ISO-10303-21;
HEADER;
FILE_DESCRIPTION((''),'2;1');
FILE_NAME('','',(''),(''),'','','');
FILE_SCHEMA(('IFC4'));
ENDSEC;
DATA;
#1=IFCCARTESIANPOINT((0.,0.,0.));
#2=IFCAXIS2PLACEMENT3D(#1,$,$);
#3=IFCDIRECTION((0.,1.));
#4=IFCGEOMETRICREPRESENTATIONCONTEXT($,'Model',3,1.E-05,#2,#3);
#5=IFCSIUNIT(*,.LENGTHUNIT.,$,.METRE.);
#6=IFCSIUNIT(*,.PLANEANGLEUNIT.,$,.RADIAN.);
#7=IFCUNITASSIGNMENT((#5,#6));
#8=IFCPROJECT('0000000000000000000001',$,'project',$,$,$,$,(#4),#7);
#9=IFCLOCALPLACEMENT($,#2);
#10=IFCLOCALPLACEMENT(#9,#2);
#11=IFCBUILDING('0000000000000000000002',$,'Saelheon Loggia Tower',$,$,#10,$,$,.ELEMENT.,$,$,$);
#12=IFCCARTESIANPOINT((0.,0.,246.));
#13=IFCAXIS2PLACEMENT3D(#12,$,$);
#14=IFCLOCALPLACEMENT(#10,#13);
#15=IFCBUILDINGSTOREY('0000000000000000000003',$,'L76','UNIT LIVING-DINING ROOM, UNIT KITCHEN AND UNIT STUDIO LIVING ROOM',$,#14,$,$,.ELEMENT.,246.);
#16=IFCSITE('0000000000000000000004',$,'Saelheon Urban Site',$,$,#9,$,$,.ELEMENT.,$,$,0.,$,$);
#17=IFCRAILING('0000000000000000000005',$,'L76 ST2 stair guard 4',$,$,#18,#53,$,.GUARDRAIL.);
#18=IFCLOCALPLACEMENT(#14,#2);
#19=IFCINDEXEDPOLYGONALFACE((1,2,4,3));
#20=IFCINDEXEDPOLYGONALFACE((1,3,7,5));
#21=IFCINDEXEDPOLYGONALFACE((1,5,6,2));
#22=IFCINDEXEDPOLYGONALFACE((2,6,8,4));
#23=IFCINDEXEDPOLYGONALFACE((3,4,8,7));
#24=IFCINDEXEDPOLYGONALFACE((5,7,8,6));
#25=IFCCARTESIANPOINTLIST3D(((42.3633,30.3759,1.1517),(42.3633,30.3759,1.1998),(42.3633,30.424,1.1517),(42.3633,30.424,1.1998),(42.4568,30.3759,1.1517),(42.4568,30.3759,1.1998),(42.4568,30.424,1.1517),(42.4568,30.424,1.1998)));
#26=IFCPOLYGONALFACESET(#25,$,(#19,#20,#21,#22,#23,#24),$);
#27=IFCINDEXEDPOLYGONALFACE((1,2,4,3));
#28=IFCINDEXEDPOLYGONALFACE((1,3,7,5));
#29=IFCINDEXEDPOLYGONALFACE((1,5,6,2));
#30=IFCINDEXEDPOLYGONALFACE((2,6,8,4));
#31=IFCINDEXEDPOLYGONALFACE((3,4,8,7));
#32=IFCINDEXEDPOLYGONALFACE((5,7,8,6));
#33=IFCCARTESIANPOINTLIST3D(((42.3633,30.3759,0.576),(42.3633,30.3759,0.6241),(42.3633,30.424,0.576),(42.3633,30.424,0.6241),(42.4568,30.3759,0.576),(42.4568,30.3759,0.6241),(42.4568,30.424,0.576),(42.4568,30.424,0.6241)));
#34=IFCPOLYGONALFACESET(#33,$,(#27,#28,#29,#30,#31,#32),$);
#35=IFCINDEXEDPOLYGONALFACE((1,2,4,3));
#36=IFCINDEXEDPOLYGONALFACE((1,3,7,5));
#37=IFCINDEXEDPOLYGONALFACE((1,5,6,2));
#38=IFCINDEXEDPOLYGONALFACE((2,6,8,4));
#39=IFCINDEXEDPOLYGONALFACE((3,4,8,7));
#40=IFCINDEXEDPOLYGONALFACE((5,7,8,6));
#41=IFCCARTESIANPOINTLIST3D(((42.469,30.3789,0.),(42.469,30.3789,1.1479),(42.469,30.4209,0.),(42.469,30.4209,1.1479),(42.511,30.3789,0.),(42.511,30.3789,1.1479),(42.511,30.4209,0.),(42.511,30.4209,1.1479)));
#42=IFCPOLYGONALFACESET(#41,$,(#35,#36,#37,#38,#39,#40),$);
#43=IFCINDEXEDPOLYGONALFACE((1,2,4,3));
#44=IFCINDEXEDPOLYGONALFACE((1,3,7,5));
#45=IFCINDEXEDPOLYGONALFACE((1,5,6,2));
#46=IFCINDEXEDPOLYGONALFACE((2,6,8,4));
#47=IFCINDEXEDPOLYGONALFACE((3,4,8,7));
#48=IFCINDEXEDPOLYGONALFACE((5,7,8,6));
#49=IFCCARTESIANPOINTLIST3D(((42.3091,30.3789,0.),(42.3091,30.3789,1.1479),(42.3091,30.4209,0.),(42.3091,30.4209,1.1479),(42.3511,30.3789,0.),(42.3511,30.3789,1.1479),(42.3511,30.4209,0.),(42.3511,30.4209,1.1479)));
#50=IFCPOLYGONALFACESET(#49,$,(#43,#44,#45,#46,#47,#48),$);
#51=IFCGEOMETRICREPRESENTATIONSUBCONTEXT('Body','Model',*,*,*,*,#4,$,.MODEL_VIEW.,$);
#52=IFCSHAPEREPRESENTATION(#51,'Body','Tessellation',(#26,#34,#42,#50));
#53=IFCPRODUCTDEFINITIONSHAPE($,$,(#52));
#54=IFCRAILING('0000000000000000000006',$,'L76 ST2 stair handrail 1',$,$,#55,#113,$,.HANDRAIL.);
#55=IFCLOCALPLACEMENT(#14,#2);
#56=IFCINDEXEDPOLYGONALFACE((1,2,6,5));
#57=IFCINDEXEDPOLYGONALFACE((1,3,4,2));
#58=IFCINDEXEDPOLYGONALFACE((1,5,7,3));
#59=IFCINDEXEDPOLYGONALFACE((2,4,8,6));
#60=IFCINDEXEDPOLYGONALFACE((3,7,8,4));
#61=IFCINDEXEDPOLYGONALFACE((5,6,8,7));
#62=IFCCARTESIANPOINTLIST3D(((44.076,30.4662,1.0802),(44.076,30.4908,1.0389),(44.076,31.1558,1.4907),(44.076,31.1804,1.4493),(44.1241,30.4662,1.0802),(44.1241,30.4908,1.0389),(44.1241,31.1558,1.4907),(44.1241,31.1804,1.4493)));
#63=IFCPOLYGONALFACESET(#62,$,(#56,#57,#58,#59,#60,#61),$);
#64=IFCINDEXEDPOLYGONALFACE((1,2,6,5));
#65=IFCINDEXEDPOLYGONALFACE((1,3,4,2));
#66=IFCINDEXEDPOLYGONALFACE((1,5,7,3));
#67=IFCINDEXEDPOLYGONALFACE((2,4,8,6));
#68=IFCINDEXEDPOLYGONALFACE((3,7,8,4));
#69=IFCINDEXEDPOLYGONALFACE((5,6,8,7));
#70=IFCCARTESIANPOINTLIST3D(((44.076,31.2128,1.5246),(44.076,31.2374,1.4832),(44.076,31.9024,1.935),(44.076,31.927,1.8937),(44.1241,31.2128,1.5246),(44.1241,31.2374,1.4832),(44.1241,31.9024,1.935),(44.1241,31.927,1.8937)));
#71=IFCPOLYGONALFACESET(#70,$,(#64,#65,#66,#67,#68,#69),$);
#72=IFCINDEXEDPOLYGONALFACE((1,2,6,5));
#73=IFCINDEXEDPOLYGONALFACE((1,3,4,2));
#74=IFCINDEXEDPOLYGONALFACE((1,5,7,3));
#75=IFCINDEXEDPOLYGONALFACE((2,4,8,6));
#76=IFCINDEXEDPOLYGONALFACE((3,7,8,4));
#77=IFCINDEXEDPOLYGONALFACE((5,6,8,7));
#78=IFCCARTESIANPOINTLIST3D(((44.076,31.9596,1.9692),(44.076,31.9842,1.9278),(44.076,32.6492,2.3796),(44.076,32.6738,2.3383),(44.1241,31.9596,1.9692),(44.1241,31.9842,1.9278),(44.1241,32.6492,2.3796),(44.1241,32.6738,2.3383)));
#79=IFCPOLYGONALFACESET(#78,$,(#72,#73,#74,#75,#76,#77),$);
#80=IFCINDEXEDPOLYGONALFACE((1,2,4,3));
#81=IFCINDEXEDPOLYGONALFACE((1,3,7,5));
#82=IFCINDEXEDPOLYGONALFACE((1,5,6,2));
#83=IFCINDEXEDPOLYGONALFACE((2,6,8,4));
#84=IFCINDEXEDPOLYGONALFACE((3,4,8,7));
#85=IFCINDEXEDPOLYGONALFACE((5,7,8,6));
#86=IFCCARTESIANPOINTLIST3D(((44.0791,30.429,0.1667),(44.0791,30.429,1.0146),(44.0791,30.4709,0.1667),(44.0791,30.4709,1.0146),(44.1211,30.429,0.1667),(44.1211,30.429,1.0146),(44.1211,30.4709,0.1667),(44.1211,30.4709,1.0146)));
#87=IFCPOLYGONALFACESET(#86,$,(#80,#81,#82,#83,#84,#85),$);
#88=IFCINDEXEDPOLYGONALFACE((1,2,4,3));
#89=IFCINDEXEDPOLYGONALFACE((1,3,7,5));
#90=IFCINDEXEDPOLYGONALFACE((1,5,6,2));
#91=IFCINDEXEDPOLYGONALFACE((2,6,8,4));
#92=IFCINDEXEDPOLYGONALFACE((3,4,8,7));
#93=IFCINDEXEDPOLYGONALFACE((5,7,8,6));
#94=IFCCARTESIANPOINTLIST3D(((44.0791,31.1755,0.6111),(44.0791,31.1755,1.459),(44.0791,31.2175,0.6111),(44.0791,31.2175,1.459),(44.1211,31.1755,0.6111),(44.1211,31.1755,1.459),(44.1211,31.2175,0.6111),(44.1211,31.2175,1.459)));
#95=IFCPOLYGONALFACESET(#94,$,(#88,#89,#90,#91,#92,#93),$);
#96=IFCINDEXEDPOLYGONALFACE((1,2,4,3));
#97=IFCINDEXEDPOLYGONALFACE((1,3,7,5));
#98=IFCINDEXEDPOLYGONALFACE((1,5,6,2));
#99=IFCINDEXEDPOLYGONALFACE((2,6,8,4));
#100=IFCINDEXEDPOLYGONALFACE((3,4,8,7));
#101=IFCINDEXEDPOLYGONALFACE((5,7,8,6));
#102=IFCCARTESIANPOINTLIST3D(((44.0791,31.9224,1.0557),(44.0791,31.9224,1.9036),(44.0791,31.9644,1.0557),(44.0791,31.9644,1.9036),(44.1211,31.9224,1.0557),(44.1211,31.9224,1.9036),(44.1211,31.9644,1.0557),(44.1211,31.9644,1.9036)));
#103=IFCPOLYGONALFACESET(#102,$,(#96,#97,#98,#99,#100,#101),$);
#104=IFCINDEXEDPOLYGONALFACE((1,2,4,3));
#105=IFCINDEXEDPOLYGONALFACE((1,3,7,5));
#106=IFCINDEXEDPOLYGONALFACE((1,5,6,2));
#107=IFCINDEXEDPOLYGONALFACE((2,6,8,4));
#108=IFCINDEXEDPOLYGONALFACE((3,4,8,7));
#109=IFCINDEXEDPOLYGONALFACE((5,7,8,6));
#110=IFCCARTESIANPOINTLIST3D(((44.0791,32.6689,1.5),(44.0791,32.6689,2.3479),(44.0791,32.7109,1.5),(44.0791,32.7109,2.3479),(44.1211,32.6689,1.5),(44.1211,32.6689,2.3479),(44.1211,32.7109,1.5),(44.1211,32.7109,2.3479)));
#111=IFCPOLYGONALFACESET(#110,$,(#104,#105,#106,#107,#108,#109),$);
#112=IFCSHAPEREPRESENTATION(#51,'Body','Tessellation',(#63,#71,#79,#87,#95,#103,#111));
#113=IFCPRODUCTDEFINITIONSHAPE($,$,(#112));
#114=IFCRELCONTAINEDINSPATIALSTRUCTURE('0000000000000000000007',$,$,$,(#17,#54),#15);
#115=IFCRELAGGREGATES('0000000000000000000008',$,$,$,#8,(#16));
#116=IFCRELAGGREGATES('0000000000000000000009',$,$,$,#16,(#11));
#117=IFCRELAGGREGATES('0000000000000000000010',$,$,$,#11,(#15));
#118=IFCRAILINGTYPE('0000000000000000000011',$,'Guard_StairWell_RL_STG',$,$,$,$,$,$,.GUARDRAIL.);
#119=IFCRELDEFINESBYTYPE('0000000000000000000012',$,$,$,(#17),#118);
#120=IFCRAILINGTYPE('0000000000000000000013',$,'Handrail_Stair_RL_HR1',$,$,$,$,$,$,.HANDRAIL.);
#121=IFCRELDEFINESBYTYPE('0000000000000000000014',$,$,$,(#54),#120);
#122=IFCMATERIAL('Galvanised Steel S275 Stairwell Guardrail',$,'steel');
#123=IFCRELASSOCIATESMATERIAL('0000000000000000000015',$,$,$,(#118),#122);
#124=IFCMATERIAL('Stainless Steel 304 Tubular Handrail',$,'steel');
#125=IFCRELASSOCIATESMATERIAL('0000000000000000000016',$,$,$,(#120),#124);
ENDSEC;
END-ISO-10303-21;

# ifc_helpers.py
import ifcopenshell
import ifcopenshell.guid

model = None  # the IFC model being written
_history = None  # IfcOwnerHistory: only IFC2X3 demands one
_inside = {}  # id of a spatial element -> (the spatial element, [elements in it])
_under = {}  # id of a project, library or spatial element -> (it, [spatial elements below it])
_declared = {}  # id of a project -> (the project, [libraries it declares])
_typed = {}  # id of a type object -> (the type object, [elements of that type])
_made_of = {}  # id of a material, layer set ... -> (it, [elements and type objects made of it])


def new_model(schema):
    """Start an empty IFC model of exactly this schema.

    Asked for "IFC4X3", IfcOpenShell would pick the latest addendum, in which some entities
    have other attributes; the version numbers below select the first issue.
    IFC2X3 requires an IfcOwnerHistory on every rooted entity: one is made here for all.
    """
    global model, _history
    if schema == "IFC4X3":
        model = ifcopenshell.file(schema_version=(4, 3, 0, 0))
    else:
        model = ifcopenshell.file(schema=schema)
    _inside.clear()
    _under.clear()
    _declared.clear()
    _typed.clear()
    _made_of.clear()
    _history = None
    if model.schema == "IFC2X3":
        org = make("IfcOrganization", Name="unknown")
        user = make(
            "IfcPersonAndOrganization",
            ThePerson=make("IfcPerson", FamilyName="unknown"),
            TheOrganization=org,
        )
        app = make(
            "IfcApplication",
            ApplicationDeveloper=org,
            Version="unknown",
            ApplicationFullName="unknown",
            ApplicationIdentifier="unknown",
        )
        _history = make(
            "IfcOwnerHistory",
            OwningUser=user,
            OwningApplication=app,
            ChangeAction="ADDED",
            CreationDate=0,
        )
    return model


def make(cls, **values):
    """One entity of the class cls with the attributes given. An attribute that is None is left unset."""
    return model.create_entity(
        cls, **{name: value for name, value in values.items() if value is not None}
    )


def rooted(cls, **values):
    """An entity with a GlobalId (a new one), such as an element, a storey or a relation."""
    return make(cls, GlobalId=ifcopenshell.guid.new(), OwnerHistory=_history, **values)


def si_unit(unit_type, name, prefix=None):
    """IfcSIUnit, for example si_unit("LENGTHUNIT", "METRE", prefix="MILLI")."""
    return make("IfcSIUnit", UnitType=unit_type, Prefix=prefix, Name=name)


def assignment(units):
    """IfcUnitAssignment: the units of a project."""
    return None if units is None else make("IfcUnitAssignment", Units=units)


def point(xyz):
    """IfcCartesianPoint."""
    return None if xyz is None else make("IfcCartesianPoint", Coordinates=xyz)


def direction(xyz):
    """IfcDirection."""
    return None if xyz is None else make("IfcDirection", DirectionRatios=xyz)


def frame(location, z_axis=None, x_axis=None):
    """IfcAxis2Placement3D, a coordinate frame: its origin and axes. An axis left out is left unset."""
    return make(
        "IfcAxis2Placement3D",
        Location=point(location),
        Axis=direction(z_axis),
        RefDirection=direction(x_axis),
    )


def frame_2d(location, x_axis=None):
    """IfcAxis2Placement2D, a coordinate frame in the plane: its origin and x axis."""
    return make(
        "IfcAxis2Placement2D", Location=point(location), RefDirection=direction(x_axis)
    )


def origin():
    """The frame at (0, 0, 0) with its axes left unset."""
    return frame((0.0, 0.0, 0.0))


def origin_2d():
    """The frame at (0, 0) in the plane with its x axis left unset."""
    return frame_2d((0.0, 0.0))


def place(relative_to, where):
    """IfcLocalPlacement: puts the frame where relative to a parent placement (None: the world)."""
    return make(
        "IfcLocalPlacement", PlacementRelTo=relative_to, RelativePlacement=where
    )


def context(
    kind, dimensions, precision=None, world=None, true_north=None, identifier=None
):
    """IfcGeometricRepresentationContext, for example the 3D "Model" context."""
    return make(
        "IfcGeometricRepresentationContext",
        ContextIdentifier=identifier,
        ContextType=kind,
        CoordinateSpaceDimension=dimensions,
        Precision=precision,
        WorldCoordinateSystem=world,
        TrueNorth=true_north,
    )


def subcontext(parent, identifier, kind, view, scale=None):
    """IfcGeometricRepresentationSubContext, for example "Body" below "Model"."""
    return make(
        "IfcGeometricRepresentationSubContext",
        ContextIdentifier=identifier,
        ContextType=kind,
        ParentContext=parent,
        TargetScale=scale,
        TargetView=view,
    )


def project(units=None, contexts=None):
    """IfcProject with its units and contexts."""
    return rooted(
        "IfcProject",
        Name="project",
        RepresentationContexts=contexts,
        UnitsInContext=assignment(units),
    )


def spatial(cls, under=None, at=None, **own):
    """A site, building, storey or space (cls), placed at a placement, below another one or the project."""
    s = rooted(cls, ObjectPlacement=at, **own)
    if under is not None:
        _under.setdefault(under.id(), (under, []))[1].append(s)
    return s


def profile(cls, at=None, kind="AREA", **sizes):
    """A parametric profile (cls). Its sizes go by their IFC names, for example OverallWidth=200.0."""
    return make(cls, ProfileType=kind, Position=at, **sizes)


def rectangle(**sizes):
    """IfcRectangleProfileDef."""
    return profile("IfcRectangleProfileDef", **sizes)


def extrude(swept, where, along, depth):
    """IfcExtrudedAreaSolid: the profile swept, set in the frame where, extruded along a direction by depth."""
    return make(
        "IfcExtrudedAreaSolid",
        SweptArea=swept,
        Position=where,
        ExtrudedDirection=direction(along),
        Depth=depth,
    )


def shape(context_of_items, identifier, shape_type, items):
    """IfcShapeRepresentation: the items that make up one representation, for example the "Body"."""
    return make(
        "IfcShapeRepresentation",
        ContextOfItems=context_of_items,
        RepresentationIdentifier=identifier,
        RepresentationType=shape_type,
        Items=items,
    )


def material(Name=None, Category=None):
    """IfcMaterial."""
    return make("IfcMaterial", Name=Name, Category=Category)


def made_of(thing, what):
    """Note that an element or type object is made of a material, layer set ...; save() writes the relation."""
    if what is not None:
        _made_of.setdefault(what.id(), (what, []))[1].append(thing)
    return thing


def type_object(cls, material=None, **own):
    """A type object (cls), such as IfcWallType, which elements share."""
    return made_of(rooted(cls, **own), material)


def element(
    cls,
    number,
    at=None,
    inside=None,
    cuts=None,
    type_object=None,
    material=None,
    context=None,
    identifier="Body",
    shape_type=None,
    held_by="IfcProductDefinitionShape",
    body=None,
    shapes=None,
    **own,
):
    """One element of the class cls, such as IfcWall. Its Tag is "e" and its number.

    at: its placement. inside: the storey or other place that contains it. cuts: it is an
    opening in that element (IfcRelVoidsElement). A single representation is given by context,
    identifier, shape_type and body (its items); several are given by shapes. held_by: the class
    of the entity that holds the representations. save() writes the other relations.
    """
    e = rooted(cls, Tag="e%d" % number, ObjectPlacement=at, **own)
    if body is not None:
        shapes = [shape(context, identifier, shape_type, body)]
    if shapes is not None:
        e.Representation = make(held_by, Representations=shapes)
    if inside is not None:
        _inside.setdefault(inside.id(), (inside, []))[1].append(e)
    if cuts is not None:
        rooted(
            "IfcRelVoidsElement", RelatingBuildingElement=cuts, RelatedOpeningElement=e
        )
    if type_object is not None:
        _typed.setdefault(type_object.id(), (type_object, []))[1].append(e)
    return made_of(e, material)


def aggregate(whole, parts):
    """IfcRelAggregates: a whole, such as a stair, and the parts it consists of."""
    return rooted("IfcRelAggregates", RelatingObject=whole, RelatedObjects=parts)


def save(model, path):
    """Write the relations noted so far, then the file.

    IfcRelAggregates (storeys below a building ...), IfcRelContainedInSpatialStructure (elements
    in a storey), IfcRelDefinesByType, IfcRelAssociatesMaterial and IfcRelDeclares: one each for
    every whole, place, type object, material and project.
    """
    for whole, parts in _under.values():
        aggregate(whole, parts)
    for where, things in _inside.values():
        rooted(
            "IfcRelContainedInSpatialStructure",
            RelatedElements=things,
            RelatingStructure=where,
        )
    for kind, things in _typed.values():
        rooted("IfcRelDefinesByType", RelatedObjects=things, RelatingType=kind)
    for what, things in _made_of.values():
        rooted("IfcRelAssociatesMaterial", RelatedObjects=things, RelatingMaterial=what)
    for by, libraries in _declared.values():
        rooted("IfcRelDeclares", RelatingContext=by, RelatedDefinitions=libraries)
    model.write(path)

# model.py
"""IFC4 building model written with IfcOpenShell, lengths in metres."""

from ifc_helpers import new_model, si_unit, direction, frame, origin, origin_2d, place, context, subcontext, project, spatial, rectangle, extrude, material, type_object, element, save


model = new_model("IFC4")

# Units and contexts
model_context = context("Model", 3, precision=1e-05, world=origin(), true_north=direction((0.0, 1.0)))
body_context = subcontext(model_context, "Body", "Model", "MODEL_VIEW")
ifc_project = project(units=[si_unit("LENGTHUNIT", "METRE"), si_unit("PLANEANGLEUNIT", "RADIAN")], contexts=[model_context])

# Site, building, storey
site_placement = place(None, origin())
site = spatial("IfcSite", under=ifc_project, at=site_placement, Name="Saelheon Urban Site", CompositionType="ELEMENT", RefElevation=0.0)
building_placement = place(site_placement, origin())
building = spatial("IfcBuilding", under=site, at=building_placement, Name="Saelheon Loggia Tower", CompositionType="ELEMENT")
storey_placement = place(building_placement, frame((0.0, 0.0, 246.0)))
storey = spatial("IfcBuildingStorey", under=building, at=storey_placement, Name="L76", Description="UNIT LIVING-DINING ROOM, UNIT KITCHEN AND UNIT STUDIO LIVING ROOM", CompositionType="ELEMENT", Elevation=246.0)

# Railings
ifc_material_1 = material(Name="Galvanised Steel S275 Stairwell Guardrail", Category="steel")
railing_type_1 = type_object("IfcRailingType", Name="Guard_StairWell_RL_STG", PredefinedType="GUARDRAIL", material=ifc_material_1)
railing_1_placement = place(storey_placement, frame((42.49, 30.3999, 0.0)))
element("IfcRailing", 1, at=railing_1_placement, inside=storey, type_object=railing_type_1, Name="L76 ST2 stair guard 4", PredefinedType="GUARDRAIL", context=body_context, shape_type="SweptSolid", body=[
    extrude(rectangle(XDim=0.0481, YDim=0.0481, at=origin_2d()), frame((-0.0332, 0.0, 1.1758), z_axis=(-1.0, 0.0, 0.0), x_axis=(0.0, -1.0, 0.0)), (0.0, 0.0, 1.0), 0.0935),
    extrude(rectangle(XDim=0.0481, YDim=0.0481, at=origin_2d()), frame((-0.0332, 0.0, 0.6001), z_axis=(-1.0, 0.0, 0.0), x_axis=(0.0, -1.0, 0.0)), (0.0, 0.0, 1.0), 0.0935),
    extrude(rectangle(XDim=0.042, YDim=0.042, at=origin_2d()), origin(), (0.0, 0.0, 1.0), 1.1479),
    extrude(rectangle(XDim=0.042, YDim=0.042, at=origin_2d()), frame((-0.1599, 0.0, 0.0)), (0.0, 0.0, 1.0), 1.1479),
])
ifc_material_2 = material(Name="Stainless Steel 304 Tubular Handrail", Category="steel")
railing_type_2 = type_object("IfcRailingType", Name="Handrail_Stair_RL_HR1", PredefinedType="HANDRAIL", material=ifc_material_2)
railing_2_placement = place(storey_placement, frame((44.1001, 30.45, 0.1667)))
element("IfcRailing", 2, at=railing_2_placement, inside=storey, type_object=railing_type_2, Name="L76 ST2 stair handrail 1", PredefinedType="HANDRAIL", context=body_context, shape_type="SweptSolid", body=[
    extrude(rectangle(XDim=0.0481, YDim=0.0481, at=origin_2d()), frame((0.0, 0.0286, 0.8928), z_axis=(0.0, 0.859306, 0.511462), x_axis=(-1.0, 0.0, 0.0)), (0.0, 0.0, 1.0), 0.8025),
    extrude(rectangle(XDim=0.0481, YDim=0.0481, at=origin_2d()), frame((0.0, 0.7751, 1.3372), z_axis=(0.0, 0.859306, 0.511462), x_axis=(-1.0, 0.0, 0.0)), (0.0, 0.0, 1.0), 0.8025),
    extrude(rectangle(XDim=0.0481, YDim=0.0481, at=origin_2d()), frame((0.0, 1.522, 1.7817), z_axis=(0.0, 0.859306, 0.511462), x_axis=(-1.0, 0.0, 0.0)), (0.0, 0.0, 1.0), 0.8025),
    extrude(rectangle(XDim=0.042, YDim=0.042, at=origin_2d()), origin(), (0.0, 0.0, 1.0), 0.8479),
    extrude(rectangle(XDim=0.042, YDim=0.042, at=origin_2d()), frame((0.0, 0.7466, 0.4443)), (0.0, 0.0, 1.0), 0.8479),
    extrude(rectangle(XDim=0.042, YDim=0.042, at=origin_2d()), frame((0.0, 1.4934, 0.8889)), (0.0, 0.0, 1.0), 0.8479),
    extrude(rectangle(XDim=0.042, YDim=0.042, at=origin_2d()), frame((0.0, 2.24, 1.3333)), (0.0, 0.0, 1.0), 0.8479),
])

save(model, "model.ifc")
